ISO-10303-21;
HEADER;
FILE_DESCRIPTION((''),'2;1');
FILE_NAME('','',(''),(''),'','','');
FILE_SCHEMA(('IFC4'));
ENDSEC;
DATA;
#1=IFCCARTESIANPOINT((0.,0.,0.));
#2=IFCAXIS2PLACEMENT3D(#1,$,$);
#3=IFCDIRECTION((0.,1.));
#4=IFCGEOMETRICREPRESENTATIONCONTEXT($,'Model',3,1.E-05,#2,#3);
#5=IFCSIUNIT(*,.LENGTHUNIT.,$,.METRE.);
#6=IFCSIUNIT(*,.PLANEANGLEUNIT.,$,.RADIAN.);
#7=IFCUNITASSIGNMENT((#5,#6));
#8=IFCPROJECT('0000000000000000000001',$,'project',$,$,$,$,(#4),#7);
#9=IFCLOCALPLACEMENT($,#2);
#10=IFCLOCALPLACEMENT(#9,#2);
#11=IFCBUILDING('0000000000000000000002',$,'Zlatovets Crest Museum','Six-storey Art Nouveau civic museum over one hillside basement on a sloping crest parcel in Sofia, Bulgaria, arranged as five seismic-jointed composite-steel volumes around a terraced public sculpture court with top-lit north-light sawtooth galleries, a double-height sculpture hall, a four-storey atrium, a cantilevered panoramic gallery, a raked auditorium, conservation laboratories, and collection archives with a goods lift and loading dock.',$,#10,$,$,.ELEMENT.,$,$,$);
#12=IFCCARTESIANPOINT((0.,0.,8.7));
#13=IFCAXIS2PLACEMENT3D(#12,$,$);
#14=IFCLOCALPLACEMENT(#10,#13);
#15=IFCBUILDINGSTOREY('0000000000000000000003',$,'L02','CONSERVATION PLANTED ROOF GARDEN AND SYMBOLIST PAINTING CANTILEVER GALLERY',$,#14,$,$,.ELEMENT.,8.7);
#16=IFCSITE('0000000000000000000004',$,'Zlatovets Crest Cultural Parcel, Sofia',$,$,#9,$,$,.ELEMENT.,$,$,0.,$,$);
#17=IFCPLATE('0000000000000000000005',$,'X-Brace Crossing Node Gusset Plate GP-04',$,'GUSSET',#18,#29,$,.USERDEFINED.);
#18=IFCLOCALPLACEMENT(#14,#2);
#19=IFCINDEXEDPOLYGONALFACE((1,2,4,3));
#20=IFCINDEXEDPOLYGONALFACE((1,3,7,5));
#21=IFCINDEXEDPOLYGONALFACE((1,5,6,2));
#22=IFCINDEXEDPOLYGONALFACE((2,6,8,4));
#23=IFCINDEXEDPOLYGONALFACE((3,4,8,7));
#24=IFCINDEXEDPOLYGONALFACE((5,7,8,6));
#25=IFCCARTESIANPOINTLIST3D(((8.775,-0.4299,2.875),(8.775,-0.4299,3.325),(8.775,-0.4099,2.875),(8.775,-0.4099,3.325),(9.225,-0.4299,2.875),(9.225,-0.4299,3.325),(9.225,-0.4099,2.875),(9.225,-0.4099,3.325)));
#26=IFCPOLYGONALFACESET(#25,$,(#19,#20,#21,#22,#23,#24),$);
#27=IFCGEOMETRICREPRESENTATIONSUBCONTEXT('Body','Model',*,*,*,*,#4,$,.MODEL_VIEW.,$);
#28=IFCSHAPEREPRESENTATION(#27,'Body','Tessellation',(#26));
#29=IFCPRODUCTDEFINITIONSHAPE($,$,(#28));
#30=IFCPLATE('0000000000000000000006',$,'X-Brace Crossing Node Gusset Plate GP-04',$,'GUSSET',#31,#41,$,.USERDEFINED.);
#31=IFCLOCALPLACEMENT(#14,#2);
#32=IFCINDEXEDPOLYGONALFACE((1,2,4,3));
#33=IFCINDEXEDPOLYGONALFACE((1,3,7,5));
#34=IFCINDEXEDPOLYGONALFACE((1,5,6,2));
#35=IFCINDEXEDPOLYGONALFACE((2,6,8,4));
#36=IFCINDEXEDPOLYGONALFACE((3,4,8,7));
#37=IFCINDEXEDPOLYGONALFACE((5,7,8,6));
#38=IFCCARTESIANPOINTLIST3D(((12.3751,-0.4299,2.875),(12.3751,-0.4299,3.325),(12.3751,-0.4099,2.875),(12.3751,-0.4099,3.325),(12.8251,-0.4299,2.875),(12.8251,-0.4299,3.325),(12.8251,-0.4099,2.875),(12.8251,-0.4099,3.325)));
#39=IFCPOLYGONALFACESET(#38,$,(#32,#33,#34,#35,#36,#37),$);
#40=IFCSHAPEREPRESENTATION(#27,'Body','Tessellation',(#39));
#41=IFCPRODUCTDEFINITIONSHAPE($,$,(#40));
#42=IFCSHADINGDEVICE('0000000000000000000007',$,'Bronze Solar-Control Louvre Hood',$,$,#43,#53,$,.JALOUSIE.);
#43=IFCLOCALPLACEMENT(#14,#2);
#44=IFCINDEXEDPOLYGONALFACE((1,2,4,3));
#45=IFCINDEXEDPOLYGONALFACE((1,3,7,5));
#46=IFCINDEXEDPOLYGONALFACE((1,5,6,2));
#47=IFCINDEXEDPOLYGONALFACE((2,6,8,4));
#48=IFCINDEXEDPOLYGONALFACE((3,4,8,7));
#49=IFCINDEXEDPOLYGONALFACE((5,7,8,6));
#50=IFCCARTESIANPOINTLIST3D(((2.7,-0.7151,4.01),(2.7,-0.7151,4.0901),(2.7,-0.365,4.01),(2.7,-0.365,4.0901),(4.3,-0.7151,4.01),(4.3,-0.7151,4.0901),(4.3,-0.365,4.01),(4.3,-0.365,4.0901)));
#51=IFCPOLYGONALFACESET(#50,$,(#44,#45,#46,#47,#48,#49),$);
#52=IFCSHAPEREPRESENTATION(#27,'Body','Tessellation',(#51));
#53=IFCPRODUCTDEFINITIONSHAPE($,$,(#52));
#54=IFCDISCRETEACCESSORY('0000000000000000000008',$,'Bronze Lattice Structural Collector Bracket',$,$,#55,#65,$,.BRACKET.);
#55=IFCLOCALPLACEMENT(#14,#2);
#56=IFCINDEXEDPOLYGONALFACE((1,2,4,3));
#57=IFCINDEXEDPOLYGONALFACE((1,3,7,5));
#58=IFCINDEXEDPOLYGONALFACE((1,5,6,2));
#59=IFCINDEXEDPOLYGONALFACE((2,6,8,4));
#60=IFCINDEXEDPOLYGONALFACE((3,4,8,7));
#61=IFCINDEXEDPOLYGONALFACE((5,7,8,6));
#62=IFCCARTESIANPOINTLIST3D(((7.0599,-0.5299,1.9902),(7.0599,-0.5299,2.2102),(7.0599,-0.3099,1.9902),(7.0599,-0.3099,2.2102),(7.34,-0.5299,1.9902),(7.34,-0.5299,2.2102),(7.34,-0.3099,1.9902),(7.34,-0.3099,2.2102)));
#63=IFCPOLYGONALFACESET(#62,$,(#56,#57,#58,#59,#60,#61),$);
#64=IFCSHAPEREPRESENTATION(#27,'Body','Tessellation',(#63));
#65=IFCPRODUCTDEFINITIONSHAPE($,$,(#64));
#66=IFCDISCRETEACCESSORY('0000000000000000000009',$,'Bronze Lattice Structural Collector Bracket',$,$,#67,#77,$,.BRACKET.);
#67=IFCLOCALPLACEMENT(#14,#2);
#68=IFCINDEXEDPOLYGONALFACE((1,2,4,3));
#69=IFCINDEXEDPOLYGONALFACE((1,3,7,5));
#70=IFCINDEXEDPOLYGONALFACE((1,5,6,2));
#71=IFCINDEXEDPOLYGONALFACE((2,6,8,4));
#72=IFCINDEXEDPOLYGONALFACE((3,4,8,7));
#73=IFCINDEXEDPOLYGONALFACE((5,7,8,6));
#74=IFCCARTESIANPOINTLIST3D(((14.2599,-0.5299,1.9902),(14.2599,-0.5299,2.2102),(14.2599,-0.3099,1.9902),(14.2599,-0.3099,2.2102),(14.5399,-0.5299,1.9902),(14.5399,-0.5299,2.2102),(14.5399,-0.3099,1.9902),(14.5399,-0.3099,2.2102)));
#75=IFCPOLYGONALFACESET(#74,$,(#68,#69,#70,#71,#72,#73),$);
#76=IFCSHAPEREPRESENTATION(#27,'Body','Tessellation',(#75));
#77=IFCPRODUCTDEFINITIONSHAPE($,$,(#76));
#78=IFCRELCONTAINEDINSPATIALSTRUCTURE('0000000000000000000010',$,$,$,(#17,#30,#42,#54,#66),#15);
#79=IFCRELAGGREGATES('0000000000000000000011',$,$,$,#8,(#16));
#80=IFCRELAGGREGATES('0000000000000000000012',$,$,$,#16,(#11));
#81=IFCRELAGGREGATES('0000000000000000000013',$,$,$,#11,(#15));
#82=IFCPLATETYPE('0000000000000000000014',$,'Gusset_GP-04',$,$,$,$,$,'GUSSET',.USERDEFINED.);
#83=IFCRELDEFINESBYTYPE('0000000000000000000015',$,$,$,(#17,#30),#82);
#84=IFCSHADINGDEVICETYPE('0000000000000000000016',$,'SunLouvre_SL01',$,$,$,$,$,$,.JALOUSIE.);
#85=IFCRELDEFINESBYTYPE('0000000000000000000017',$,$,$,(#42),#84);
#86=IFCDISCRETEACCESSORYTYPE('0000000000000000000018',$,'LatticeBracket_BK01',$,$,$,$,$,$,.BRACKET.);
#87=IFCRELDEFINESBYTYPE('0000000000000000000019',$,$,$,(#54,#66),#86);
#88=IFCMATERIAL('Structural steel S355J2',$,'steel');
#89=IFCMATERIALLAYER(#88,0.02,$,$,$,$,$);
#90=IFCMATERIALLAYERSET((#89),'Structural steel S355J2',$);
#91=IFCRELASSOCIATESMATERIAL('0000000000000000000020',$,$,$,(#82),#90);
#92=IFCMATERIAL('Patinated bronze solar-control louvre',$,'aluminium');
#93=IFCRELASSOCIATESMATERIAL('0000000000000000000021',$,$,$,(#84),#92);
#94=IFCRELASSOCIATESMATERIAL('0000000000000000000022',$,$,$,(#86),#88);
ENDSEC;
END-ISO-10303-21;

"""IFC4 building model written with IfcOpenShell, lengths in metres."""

from ifc_helpers import new_model, si_unit, direction, frame, origin, origin_2d, place, context, subcontext, project, spatial, rectangle, extrude, material, layer, layer_set, type_object, element, save


model = new_model("IFC4")

# Units and contexts
model_context = context("Model", 3, precision=1e-05, world=origin(), true_north=direction((0.0, 1.0)))
body_context = subcontext(model_context, "Body", "Model", "MODEL_VIEW")
ifc_project = project(units=[si_unit("LENGTHUNIT", "METRE"), si_unit("PLANEANGLEUNIT", "RADIAN")], contexts=[model_context])

# Site, building, storey
site_placement = place(None, origin())
site = spatial("IfcSite", under=ifc_project, at=site_placement, Name="Zlatovets Crest Cultural Parcel, Sofia", CompositionType="ELEMENT", RefElevation=0.0)
building_placement = place(site_placement, origin())
building = spatial("IfcBuilding", under=site, at=building_placement, Name="Zlatovets Crest Museum", Description="Six-storey Art Nouveau civic museum over one hillside basement on a sloping crest parcel in Sofia, Bulgaria, arranged as five seismic-jointed composite-steel volumes around a terraced public sculpture court with top-lit north-light sawtooth galleries, a double-height sculpture hall, a four-storey atrium, a cantilevered panoramic gallery, a raked auditorium, conservation laboratories, and collection archives with a goods lift and loading dock.", CompositionType="ELEMENT")
storey_placement = place(building_placement, frame((0.0, 0.0, 8.7)))
storey = spatial("IfcBuildingStorey", under=building, at=storey_placement, Name="L02", Description="CONSERVATION PLANTED ROOF GARDEN AND SYMBOLIST PAINTING CANTILEVER GALLERY", CompositionType="ELEMENT", Elevation=8.7)

# Plates
ifc_material_1 = material(Name="Structural steel S355J2", Category="steel")
ifc_layer = layer(ifc_material_1, 0.02)
ifc_layer_set = layer_set([ifc_layer], Name="Structural steel S355J2")
plate_type = type_object("IfcPlateType", Name="Gusset_GP-04", ElementType="GUSSET", PredefinedType="USERDEFINED", material=ifc_layer_set)
for number, where, z_axis, x_axis, name in (
    (1, (9.0, -0.4199, 2.875), (0.0, 0.0, 1.0), (1.0, 0.0, 0.0), "X-Brace Crossing Node Gusset Plate GP-04"),
    (2, (12.6001, -0.4199, 2.875), (0.0, 0.0, 1.0), (1.0, 0.0, 0.0), "X-Brace Crossing Node Gusset Plate GP-04"),
):
    element("IfcPlate", number, at=place(storey_placement, frame(where, z_axis=z_axis, x_axis=x_axis)), inside=storey, type_object=plate_type, Name=name, ObjectType="GUSSET", PredefinedType="USERDEFINED", context=body_context, shape_type="SweptSolid", body=[
        extrude(rectangle(XDim=0.45, YDim=0.02, at=origin_2d()), origin(), (0.0, 0.0, 1.0), 0.45),
    ])

# Shading device
ifc_material_2 = material(Name="Patinated bronze solar-control louvre", Category="aluminium")
shading_device_type = type_object("IfcShadingDeviceType", Name="SunLouvre_SL01", PredefinedType="JALOUSIE", material=ifc_material_2)
shading_device_placement = place(storey_placement, frame((3.5, -0.54, 4.01), z_axis=(0.0, 0.0, 1.0), x_axis=(1.0, 0.0, 0.0)))
element("IfcShadingDevice", 3, at=shading_device_placement, inside=storey, type_object=shading_device_type, Name="Bronze Solar-Control Louvre Hood", PredefinedType="JALOUSIE", context=body_context, shape_type="SweptSolid", body=[
    extrude(rectangle(XDim=1.6001, YDim=0.3501, at=origin_2d()), origin(), (0.0, 0.0, 1.0), 0.0801),
])

# Discrete accessories
discrete_accessory_type = type_object("IfcDiscreteAccessoryType", Name="LatticeBracket_BK01", PredefinedType="BRACKET", material=ifc_material_1)
for number, where, z_axis, x_axis, name in (
    (4, (7.2, -0.4199, 1.9902), (0.0, 0.0, 1.0), (1.0, 0.0, 0.0), "Bronze Lattice Structural Collector Bracket"),
    (5, (14.3999, -0.4199, 1.9902), (0.0, 0.0, 1.0), (1.0, 0.0, 0.0), "Bronze Lattice Structural Collector Bracket"),
):
    element("IfcDiscreteAccessory", number, at=place(storey_placement, frame(where, z_axis=z_axis, x_axis=x_axis)), inside=storey, type_object=discrete_accessory_type, Name=name, PredefinedType="BRACKET", context=body_context, shape_type="SweptSolid", body=[
        extrude(rectangle(XDim=0.28, YDim=0.22, at=origin_2d()), origin(), (0.0, 0.0, 1.0), 0.22),
    ])

save(model, "model.ifc")
